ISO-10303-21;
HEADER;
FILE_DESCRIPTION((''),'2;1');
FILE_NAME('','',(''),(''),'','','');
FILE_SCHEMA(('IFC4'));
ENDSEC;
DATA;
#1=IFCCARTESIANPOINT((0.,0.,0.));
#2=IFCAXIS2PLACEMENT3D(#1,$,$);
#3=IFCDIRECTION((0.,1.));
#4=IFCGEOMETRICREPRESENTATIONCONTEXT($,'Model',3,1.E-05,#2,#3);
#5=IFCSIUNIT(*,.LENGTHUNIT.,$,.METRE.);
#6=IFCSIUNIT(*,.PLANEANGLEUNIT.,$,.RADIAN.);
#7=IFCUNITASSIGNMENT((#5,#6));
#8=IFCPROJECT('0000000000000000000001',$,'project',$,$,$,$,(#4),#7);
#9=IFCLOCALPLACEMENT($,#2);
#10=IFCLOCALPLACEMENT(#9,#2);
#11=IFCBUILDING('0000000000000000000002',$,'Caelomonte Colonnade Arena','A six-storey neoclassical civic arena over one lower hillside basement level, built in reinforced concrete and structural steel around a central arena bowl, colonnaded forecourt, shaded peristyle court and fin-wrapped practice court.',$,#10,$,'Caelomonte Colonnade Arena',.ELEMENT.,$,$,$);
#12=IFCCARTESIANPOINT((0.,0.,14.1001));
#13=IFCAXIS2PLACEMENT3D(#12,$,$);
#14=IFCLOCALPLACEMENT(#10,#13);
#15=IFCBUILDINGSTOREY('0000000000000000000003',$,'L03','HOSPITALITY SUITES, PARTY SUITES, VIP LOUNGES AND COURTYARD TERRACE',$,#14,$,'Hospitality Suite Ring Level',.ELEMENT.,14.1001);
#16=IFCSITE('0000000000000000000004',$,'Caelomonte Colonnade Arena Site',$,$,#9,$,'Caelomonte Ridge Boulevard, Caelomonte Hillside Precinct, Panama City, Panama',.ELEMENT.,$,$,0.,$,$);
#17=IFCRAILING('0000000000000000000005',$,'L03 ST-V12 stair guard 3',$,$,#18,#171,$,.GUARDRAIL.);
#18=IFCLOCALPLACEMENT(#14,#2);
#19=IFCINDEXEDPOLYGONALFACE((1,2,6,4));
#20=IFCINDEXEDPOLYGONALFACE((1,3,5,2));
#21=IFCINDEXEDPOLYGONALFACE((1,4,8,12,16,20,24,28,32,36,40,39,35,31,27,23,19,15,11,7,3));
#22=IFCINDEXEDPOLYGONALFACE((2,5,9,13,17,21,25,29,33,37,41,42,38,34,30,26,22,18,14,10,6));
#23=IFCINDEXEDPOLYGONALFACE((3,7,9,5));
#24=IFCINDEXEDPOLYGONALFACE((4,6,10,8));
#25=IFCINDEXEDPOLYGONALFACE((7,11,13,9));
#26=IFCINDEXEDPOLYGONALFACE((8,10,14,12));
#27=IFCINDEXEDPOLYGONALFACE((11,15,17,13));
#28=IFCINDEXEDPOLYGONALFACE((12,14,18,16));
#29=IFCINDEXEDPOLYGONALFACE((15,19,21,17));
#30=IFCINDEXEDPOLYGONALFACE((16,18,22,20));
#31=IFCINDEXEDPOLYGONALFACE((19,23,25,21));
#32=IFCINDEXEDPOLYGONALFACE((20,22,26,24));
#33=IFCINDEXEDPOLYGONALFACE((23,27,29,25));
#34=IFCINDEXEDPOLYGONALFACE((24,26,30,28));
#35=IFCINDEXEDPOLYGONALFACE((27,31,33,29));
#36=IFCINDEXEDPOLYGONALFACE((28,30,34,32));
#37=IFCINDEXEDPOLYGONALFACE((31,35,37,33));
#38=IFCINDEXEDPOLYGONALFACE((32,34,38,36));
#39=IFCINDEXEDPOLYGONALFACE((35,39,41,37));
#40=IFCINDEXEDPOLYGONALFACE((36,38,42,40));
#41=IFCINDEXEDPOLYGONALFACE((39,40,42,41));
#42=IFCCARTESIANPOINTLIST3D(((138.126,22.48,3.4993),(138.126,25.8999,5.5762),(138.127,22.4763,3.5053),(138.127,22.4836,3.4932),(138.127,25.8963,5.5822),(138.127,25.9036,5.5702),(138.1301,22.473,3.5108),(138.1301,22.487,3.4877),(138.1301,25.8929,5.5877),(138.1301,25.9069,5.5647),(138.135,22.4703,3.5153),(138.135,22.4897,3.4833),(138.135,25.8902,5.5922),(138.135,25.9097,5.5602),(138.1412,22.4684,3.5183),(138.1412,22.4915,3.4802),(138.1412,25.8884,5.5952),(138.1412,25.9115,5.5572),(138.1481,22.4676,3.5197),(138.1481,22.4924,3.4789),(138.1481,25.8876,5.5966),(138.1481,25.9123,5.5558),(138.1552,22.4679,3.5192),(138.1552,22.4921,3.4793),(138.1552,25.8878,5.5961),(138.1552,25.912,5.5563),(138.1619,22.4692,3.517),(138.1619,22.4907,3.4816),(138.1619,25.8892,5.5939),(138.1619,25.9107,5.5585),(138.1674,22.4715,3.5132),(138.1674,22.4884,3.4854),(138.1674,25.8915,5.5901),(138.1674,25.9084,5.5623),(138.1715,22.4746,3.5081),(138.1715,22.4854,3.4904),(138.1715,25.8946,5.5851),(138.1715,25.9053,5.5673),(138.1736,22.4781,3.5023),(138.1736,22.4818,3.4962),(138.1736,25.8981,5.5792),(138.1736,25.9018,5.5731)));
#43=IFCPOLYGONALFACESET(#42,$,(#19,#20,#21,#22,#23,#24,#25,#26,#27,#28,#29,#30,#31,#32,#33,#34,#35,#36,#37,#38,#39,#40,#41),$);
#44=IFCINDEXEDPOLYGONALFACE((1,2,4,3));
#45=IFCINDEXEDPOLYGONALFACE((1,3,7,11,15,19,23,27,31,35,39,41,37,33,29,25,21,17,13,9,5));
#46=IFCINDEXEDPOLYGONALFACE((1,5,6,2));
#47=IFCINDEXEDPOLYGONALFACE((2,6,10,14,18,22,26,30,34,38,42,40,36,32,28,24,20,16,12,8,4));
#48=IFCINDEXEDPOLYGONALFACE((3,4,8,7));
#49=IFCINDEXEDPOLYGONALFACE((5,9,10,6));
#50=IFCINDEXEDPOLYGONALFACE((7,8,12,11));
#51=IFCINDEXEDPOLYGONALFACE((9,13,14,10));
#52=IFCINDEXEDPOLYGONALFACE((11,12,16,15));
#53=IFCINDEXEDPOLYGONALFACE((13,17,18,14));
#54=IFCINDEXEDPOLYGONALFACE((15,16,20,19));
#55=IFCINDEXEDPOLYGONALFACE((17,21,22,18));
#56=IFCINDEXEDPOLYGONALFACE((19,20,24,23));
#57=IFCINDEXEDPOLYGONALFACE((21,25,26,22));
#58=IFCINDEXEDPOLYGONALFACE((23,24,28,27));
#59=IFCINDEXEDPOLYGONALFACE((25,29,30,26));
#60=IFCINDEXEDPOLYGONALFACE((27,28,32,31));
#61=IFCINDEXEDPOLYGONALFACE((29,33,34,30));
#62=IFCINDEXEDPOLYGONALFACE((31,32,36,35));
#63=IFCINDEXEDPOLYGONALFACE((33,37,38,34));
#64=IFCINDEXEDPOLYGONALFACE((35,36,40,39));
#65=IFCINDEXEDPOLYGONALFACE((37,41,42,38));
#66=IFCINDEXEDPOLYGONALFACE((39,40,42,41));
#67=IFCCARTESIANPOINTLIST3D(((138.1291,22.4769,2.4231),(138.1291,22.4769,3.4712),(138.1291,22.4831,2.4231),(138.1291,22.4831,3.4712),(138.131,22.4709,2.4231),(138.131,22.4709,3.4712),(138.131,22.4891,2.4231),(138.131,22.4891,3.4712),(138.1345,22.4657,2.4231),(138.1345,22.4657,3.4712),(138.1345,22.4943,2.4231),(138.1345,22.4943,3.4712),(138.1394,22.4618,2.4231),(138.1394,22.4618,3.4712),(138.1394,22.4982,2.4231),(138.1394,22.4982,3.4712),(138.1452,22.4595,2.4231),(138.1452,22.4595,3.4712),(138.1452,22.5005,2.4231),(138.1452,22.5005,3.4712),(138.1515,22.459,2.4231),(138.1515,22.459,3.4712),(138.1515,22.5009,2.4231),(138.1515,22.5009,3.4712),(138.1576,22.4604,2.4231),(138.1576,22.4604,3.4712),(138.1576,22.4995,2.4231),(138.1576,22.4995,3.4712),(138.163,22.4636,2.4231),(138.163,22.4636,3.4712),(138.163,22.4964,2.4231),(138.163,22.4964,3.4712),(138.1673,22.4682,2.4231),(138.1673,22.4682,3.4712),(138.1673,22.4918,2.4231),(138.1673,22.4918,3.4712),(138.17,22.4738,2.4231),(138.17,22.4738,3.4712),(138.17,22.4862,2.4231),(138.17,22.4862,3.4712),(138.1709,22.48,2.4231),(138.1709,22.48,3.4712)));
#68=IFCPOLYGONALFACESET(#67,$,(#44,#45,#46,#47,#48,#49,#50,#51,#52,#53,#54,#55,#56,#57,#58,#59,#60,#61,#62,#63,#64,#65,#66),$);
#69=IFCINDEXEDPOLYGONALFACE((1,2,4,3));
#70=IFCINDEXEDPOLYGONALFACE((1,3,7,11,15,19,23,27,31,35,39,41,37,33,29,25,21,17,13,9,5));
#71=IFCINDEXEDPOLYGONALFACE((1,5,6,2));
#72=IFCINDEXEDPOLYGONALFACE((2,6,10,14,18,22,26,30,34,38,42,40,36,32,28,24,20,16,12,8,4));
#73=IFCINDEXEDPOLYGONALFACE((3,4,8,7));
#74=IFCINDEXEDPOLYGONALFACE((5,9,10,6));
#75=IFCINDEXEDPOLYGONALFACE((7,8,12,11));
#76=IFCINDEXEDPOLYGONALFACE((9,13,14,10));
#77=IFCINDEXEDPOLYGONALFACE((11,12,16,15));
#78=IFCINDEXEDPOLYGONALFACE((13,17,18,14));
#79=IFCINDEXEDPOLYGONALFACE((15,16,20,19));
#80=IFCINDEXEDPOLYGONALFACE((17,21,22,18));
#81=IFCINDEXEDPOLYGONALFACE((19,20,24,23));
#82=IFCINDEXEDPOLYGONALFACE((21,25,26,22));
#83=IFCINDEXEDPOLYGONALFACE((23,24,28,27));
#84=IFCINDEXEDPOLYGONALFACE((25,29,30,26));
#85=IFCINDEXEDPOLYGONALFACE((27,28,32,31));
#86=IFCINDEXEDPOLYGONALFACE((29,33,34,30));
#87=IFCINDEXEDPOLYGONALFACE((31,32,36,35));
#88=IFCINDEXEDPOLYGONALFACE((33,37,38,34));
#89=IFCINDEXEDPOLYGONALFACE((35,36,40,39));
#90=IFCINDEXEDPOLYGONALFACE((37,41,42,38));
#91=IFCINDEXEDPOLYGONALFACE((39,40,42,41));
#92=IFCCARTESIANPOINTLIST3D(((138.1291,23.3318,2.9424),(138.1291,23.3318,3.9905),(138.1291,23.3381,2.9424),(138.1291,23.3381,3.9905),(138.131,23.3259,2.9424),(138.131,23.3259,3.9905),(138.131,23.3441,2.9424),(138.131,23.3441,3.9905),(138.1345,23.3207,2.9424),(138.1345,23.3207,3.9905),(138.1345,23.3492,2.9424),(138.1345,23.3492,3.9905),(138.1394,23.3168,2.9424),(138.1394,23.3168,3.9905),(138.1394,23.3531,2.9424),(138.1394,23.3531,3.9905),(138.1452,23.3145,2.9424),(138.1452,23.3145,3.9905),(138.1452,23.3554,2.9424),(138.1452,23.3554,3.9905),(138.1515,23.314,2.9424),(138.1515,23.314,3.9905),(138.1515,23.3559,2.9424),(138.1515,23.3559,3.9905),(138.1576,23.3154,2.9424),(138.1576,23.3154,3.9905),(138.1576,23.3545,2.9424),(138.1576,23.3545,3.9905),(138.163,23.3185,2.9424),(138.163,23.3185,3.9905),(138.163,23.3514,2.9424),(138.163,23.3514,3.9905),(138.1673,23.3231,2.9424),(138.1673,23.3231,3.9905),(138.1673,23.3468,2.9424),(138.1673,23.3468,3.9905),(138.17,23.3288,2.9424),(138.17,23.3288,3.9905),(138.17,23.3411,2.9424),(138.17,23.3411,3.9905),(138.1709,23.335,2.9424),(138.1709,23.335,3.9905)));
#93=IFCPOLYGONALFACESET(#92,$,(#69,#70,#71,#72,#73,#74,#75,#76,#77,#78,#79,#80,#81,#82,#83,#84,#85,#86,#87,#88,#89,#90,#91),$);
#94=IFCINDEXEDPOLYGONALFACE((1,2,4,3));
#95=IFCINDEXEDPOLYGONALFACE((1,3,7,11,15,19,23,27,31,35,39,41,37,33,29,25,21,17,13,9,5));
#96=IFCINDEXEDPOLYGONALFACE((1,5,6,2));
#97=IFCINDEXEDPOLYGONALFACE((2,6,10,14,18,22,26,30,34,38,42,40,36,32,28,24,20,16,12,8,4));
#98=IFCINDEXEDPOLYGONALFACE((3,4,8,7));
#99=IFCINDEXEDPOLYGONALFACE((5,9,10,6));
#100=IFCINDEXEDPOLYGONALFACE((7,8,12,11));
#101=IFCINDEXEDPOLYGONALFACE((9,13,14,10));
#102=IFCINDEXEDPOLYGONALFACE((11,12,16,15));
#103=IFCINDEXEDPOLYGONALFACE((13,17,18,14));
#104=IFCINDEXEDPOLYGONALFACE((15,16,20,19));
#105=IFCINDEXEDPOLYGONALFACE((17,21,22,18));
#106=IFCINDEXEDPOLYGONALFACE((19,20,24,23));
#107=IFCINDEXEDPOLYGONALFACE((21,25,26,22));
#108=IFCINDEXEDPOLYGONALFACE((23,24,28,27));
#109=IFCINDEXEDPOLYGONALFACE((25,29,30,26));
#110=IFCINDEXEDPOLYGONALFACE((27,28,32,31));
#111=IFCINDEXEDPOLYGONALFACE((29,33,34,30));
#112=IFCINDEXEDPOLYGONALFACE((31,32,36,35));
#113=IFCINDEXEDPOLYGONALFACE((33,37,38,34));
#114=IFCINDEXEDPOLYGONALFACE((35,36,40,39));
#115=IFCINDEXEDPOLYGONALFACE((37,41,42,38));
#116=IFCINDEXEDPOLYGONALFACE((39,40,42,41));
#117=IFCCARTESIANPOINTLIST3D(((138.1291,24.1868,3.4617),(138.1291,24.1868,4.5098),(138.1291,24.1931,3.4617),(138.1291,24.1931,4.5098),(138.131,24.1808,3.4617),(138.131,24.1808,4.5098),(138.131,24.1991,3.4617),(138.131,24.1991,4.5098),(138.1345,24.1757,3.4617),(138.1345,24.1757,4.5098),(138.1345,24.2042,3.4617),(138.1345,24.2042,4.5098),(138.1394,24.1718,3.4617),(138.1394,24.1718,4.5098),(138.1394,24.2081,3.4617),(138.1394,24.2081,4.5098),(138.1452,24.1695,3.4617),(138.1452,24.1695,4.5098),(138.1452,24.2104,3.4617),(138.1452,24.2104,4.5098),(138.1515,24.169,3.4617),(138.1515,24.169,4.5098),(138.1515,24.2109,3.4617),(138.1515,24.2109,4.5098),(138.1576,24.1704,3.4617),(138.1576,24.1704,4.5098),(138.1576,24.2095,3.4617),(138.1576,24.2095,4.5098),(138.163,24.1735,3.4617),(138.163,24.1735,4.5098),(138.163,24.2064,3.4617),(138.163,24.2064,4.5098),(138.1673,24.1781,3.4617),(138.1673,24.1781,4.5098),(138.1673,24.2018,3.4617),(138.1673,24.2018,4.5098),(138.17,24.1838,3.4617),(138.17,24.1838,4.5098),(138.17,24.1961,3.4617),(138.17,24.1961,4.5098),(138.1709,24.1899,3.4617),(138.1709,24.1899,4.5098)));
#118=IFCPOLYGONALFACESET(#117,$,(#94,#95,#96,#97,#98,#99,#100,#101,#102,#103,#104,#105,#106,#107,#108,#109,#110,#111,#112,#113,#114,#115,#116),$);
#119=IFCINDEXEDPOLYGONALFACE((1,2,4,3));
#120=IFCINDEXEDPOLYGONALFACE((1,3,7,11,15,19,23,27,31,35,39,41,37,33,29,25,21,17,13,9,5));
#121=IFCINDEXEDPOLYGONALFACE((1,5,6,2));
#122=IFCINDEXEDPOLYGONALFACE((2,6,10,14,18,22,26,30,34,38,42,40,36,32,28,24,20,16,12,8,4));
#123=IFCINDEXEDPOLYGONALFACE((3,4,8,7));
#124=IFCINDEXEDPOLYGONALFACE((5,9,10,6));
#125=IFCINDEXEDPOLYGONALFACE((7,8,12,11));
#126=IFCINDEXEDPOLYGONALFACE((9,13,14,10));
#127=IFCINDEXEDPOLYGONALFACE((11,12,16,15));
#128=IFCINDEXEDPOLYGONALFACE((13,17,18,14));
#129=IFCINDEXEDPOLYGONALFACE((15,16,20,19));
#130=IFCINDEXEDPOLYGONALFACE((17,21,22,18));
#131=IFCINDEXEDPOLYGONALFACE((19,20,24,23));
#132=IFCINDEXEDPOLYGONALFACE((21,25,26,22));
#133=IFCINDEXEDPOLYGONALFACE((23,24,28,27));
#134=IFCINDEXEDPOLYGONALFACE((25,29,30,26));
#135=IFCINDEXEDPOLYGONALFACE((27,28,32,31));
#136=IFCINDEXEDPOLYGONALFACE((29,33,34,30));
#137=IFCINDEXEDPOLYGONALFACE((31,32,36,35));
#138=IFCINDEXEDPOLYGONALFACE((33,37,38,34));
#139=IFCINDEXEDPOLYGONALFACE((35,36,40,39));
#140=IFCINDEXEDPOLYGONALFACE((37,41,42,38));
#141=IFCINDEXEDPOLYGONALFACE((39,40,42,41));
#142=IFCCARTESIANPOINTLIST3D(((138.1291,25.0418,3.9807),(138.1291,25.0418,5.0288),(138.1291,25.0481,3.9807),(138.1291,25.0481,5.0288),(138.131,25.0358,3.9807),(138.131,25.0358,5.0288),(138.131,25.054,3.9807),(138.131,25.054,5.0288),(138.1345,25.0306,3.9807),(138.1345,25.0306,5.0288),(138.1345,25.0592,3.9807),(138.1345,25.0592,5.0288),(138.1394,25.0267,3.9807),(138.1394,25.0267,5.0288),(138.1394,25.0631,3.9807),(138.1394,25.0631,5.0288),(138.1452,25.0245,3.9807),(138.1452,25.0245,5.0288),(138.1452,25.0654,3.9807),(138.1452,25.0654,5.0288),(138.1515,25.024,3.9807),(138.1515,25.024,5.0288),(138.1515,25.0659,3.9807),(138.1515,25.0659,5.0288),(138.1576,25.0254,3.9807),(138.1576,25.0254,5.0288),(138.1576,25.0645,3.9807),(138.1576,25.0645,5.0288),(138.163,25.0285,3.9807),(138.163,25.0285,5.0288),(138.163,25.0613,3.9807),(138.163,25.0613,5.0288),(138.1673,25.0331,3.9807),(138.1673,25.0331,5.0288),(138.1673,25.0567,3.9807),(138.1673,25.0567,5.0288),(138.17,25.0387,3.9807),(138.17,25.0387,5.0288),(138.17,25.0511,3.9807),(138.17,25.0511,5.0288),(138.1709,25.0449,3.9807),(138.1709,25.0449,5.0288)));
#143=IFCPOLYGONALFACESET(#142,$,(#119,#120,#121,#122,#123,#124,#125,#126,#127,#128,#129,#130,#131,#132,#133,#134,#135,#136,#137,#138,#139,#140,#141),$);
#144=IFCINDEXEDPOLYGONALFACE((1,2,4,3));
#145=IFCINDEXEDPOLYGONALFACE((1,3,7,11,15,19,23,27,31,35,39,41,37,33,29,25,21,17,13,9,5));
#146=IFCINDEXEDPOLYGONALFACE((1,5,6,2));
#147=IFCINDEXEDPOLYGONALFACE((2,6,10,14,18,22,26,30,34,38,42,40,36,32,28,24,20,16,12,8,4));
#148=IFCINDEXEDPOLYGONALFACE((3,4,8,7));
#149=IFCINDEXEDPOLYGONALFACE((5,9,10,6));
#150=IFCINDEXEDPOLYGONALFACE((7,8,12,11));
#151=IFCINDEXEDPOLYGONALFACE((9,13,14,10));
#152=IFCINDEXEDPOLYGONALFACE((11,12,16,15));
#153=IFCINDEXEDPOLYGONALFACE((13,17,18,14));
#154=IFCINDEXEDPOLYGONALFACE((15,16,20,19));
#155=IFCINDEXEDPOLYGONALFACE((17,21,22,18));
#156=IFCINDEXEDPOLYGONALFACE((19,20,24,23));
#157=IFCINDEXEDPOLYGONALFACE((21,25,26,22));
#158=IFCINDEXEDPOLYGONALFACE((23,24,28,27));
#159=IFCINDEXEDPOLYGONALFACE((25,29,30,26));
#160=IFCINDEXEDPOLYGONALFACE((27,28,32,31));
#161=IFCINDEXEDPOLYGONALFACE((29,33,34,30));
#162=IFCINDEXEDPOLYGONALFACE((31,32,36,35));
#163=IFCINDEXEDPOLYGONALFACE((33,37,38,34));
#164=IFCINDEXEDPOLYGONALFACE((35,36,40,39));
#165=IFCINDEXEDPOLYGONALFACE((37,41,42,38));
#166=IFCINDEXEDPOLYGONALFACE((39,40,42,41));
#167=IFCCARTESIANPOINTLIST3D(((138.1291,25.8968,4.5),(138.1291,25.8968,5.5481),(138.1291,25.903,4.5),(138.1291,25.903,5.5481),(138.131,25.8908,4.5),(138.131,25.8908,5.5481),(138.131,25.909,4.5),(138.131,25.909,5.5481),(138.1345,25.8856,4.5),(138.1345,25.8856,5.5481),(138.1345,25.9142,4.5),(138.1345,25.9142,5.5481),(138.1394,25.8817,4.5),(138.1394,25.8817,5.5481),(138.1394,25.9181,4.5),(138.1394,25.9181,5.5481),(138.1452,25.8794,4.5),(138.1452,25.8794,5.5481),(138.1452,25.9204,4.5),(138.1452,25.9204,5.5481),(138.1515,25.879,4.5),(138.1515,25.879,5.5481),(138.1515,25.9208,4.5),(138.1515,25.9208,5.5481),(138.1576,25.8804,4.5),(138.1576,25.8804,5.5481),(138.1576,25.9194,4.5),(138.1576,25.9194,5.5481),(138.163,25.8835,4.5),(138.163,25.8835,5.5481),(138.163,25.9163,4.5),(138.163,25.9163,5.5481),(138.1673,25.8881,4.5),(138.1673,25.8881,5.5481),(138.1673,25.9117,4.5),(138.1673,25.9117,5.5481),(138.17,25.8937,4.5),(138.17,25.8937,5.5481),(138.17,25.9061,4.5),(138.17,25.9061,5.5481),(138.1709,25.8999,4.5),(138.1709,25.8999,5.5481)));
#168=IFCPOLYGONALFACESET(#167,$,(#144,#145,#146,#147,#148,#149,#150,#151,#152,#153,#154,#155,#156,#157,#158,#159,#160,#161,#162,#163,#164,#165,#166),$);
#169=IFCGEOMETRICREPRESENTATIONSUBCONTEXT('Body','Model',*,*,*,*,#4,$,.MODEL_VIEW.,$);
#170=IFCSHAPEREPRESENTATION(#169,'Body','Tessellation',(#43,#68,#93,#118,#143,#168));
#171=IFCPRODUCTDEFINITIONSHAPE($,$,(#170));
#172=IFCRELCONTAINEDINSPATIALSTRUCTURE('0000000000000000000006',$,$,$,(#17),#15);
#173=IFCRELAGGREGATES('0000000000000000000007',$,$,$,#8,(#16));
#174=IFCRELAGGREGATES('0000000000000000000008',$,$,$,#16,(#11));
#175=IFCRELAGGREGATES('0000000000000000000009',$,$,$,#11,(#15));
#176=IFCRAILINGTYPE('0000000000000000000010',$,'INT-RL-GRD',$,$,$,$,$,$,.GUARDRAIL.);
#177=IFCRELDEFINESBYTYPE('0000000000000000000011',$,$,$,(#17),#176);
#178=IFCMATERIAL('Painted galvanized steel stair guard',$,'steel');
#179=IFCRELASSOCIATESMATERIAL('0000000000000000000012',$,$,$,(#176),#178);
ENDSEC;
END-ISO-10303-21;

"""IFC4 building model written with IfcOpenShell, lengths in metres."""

from ifc_helpers import new_model, si_unit, direction, frame, origin, origin_2d, place, context, subcontext, project, spatial, circle, extrude, material, type_object, element, save


model = new_model("IFC4")

# Units and contexts
model_context = context("Model", 3, precision=1e-05, world=origin(), true_north=direction((0.0, 1.0)))
body_context = subcontext(model_context, "Body", "Model", "MODEL_VIEW")
ifc_project = project(units=[si_unit("LENGTHUNIT", "METRE"), si_unit("PLANEANGLEUNIT", "RADIAN")], contexts=[model_context])

# Site, building, storey
site_placement = place(None, origin())
site = spatial("IfcSite", under=ifc_project, at=site_placement, Name="Caelomonte Colonnade Arena Site", LongName="Caelomonte Ridge Boulevard, Caelomonte Hillside Precinct, Panama City, Panama", CompositionType="ELEMENT", RefElevation=0.0)
building_placement = place(site_placement, origin())
building = spatial("IfcBuilding", under=site, at=building_placement, Name="Caelomonte Colonnade Arena", Description="A six-storey neoclassical civic arena over one lower hillside basement level, built in reinforced concrete and structural steel around a central arena bowl, colonnaded forecourt, shaded peristyle court and fin-wrapped practice court.", LongName="Caelomonte Colonnade Arena", CompositionType="ELEMENT")
storey_placement = place(building_placement, frame((0.0, 0.0, 14.1001)))
storey = spatial("IfcBuildingStorey", under=building, at=storey_placement, Name="L03", Description="HOSPITALITY SUITES, PARTY SUITES, VIP LOUNGES AND COURTYARD TERRACE", LongName="Hospitality Suite Ring Level", CompositionType="ELEMENT", Elevation=14.1001)

# Railing
ifc_material_1 = material(Name="Painted galvanized steel stair guard", Category="steel")
railing_type_1 = type_object("IfcRailingType", Name="INT-RL-GRD", PredefinedType="GUARDRAIL", material=ifc_material_1)
railing_1_placement = place(storey_placement, frame((138.1499, 22.48, 2.4231)))
element("IfcRailing", 1, at=railing_1_placement, inside=storey, type_object=railing_type_1, Name="L03 ST-V12 stair guard 3", PredefinedType="GUARDRAIL", context=body_context, shape_type="SweptSolid", body=[
    extrude(circle(Radius=0.0239, at=origin_2d()), frame((0.0, 0.0, 1.0762), z_axis=(0.0, 0.85473, 0.519074), x_axis=(-1.0, 0.0, 0.0)), (0.0, 0.0, 1.0), 4.0012),
    extrude(circle(Radius=0.021, at=origin_2d()), origin(), (0.0, 0.0, 1.0), 1.0481),
    extrude(circle(Radius=0.021, at=origin_2d()), frame((0.0, 0.855, 0.5193)), (0.0, 0.0, 1.0), 1.0481),
    extrude(circle(Radius=0.021, at=origin_2d()), frame((0.0, 1.71, 1.0386)), (0.0, 0.0, 1.0), 1.0481),
    extrude(circle(Radius=0.021, at=origin_2d()), frame((0.0, 2.5649, 1.5576)), (0.0, 0.0, 1.0), 1.0481),
    extrude(circle(Radius=0.021, at=origin_2d()), frame((0.0, 3.4199, 2.0769)), (0.0, 0.0, 1.0), 1.0481),
])

save(model, "model.ifc")
